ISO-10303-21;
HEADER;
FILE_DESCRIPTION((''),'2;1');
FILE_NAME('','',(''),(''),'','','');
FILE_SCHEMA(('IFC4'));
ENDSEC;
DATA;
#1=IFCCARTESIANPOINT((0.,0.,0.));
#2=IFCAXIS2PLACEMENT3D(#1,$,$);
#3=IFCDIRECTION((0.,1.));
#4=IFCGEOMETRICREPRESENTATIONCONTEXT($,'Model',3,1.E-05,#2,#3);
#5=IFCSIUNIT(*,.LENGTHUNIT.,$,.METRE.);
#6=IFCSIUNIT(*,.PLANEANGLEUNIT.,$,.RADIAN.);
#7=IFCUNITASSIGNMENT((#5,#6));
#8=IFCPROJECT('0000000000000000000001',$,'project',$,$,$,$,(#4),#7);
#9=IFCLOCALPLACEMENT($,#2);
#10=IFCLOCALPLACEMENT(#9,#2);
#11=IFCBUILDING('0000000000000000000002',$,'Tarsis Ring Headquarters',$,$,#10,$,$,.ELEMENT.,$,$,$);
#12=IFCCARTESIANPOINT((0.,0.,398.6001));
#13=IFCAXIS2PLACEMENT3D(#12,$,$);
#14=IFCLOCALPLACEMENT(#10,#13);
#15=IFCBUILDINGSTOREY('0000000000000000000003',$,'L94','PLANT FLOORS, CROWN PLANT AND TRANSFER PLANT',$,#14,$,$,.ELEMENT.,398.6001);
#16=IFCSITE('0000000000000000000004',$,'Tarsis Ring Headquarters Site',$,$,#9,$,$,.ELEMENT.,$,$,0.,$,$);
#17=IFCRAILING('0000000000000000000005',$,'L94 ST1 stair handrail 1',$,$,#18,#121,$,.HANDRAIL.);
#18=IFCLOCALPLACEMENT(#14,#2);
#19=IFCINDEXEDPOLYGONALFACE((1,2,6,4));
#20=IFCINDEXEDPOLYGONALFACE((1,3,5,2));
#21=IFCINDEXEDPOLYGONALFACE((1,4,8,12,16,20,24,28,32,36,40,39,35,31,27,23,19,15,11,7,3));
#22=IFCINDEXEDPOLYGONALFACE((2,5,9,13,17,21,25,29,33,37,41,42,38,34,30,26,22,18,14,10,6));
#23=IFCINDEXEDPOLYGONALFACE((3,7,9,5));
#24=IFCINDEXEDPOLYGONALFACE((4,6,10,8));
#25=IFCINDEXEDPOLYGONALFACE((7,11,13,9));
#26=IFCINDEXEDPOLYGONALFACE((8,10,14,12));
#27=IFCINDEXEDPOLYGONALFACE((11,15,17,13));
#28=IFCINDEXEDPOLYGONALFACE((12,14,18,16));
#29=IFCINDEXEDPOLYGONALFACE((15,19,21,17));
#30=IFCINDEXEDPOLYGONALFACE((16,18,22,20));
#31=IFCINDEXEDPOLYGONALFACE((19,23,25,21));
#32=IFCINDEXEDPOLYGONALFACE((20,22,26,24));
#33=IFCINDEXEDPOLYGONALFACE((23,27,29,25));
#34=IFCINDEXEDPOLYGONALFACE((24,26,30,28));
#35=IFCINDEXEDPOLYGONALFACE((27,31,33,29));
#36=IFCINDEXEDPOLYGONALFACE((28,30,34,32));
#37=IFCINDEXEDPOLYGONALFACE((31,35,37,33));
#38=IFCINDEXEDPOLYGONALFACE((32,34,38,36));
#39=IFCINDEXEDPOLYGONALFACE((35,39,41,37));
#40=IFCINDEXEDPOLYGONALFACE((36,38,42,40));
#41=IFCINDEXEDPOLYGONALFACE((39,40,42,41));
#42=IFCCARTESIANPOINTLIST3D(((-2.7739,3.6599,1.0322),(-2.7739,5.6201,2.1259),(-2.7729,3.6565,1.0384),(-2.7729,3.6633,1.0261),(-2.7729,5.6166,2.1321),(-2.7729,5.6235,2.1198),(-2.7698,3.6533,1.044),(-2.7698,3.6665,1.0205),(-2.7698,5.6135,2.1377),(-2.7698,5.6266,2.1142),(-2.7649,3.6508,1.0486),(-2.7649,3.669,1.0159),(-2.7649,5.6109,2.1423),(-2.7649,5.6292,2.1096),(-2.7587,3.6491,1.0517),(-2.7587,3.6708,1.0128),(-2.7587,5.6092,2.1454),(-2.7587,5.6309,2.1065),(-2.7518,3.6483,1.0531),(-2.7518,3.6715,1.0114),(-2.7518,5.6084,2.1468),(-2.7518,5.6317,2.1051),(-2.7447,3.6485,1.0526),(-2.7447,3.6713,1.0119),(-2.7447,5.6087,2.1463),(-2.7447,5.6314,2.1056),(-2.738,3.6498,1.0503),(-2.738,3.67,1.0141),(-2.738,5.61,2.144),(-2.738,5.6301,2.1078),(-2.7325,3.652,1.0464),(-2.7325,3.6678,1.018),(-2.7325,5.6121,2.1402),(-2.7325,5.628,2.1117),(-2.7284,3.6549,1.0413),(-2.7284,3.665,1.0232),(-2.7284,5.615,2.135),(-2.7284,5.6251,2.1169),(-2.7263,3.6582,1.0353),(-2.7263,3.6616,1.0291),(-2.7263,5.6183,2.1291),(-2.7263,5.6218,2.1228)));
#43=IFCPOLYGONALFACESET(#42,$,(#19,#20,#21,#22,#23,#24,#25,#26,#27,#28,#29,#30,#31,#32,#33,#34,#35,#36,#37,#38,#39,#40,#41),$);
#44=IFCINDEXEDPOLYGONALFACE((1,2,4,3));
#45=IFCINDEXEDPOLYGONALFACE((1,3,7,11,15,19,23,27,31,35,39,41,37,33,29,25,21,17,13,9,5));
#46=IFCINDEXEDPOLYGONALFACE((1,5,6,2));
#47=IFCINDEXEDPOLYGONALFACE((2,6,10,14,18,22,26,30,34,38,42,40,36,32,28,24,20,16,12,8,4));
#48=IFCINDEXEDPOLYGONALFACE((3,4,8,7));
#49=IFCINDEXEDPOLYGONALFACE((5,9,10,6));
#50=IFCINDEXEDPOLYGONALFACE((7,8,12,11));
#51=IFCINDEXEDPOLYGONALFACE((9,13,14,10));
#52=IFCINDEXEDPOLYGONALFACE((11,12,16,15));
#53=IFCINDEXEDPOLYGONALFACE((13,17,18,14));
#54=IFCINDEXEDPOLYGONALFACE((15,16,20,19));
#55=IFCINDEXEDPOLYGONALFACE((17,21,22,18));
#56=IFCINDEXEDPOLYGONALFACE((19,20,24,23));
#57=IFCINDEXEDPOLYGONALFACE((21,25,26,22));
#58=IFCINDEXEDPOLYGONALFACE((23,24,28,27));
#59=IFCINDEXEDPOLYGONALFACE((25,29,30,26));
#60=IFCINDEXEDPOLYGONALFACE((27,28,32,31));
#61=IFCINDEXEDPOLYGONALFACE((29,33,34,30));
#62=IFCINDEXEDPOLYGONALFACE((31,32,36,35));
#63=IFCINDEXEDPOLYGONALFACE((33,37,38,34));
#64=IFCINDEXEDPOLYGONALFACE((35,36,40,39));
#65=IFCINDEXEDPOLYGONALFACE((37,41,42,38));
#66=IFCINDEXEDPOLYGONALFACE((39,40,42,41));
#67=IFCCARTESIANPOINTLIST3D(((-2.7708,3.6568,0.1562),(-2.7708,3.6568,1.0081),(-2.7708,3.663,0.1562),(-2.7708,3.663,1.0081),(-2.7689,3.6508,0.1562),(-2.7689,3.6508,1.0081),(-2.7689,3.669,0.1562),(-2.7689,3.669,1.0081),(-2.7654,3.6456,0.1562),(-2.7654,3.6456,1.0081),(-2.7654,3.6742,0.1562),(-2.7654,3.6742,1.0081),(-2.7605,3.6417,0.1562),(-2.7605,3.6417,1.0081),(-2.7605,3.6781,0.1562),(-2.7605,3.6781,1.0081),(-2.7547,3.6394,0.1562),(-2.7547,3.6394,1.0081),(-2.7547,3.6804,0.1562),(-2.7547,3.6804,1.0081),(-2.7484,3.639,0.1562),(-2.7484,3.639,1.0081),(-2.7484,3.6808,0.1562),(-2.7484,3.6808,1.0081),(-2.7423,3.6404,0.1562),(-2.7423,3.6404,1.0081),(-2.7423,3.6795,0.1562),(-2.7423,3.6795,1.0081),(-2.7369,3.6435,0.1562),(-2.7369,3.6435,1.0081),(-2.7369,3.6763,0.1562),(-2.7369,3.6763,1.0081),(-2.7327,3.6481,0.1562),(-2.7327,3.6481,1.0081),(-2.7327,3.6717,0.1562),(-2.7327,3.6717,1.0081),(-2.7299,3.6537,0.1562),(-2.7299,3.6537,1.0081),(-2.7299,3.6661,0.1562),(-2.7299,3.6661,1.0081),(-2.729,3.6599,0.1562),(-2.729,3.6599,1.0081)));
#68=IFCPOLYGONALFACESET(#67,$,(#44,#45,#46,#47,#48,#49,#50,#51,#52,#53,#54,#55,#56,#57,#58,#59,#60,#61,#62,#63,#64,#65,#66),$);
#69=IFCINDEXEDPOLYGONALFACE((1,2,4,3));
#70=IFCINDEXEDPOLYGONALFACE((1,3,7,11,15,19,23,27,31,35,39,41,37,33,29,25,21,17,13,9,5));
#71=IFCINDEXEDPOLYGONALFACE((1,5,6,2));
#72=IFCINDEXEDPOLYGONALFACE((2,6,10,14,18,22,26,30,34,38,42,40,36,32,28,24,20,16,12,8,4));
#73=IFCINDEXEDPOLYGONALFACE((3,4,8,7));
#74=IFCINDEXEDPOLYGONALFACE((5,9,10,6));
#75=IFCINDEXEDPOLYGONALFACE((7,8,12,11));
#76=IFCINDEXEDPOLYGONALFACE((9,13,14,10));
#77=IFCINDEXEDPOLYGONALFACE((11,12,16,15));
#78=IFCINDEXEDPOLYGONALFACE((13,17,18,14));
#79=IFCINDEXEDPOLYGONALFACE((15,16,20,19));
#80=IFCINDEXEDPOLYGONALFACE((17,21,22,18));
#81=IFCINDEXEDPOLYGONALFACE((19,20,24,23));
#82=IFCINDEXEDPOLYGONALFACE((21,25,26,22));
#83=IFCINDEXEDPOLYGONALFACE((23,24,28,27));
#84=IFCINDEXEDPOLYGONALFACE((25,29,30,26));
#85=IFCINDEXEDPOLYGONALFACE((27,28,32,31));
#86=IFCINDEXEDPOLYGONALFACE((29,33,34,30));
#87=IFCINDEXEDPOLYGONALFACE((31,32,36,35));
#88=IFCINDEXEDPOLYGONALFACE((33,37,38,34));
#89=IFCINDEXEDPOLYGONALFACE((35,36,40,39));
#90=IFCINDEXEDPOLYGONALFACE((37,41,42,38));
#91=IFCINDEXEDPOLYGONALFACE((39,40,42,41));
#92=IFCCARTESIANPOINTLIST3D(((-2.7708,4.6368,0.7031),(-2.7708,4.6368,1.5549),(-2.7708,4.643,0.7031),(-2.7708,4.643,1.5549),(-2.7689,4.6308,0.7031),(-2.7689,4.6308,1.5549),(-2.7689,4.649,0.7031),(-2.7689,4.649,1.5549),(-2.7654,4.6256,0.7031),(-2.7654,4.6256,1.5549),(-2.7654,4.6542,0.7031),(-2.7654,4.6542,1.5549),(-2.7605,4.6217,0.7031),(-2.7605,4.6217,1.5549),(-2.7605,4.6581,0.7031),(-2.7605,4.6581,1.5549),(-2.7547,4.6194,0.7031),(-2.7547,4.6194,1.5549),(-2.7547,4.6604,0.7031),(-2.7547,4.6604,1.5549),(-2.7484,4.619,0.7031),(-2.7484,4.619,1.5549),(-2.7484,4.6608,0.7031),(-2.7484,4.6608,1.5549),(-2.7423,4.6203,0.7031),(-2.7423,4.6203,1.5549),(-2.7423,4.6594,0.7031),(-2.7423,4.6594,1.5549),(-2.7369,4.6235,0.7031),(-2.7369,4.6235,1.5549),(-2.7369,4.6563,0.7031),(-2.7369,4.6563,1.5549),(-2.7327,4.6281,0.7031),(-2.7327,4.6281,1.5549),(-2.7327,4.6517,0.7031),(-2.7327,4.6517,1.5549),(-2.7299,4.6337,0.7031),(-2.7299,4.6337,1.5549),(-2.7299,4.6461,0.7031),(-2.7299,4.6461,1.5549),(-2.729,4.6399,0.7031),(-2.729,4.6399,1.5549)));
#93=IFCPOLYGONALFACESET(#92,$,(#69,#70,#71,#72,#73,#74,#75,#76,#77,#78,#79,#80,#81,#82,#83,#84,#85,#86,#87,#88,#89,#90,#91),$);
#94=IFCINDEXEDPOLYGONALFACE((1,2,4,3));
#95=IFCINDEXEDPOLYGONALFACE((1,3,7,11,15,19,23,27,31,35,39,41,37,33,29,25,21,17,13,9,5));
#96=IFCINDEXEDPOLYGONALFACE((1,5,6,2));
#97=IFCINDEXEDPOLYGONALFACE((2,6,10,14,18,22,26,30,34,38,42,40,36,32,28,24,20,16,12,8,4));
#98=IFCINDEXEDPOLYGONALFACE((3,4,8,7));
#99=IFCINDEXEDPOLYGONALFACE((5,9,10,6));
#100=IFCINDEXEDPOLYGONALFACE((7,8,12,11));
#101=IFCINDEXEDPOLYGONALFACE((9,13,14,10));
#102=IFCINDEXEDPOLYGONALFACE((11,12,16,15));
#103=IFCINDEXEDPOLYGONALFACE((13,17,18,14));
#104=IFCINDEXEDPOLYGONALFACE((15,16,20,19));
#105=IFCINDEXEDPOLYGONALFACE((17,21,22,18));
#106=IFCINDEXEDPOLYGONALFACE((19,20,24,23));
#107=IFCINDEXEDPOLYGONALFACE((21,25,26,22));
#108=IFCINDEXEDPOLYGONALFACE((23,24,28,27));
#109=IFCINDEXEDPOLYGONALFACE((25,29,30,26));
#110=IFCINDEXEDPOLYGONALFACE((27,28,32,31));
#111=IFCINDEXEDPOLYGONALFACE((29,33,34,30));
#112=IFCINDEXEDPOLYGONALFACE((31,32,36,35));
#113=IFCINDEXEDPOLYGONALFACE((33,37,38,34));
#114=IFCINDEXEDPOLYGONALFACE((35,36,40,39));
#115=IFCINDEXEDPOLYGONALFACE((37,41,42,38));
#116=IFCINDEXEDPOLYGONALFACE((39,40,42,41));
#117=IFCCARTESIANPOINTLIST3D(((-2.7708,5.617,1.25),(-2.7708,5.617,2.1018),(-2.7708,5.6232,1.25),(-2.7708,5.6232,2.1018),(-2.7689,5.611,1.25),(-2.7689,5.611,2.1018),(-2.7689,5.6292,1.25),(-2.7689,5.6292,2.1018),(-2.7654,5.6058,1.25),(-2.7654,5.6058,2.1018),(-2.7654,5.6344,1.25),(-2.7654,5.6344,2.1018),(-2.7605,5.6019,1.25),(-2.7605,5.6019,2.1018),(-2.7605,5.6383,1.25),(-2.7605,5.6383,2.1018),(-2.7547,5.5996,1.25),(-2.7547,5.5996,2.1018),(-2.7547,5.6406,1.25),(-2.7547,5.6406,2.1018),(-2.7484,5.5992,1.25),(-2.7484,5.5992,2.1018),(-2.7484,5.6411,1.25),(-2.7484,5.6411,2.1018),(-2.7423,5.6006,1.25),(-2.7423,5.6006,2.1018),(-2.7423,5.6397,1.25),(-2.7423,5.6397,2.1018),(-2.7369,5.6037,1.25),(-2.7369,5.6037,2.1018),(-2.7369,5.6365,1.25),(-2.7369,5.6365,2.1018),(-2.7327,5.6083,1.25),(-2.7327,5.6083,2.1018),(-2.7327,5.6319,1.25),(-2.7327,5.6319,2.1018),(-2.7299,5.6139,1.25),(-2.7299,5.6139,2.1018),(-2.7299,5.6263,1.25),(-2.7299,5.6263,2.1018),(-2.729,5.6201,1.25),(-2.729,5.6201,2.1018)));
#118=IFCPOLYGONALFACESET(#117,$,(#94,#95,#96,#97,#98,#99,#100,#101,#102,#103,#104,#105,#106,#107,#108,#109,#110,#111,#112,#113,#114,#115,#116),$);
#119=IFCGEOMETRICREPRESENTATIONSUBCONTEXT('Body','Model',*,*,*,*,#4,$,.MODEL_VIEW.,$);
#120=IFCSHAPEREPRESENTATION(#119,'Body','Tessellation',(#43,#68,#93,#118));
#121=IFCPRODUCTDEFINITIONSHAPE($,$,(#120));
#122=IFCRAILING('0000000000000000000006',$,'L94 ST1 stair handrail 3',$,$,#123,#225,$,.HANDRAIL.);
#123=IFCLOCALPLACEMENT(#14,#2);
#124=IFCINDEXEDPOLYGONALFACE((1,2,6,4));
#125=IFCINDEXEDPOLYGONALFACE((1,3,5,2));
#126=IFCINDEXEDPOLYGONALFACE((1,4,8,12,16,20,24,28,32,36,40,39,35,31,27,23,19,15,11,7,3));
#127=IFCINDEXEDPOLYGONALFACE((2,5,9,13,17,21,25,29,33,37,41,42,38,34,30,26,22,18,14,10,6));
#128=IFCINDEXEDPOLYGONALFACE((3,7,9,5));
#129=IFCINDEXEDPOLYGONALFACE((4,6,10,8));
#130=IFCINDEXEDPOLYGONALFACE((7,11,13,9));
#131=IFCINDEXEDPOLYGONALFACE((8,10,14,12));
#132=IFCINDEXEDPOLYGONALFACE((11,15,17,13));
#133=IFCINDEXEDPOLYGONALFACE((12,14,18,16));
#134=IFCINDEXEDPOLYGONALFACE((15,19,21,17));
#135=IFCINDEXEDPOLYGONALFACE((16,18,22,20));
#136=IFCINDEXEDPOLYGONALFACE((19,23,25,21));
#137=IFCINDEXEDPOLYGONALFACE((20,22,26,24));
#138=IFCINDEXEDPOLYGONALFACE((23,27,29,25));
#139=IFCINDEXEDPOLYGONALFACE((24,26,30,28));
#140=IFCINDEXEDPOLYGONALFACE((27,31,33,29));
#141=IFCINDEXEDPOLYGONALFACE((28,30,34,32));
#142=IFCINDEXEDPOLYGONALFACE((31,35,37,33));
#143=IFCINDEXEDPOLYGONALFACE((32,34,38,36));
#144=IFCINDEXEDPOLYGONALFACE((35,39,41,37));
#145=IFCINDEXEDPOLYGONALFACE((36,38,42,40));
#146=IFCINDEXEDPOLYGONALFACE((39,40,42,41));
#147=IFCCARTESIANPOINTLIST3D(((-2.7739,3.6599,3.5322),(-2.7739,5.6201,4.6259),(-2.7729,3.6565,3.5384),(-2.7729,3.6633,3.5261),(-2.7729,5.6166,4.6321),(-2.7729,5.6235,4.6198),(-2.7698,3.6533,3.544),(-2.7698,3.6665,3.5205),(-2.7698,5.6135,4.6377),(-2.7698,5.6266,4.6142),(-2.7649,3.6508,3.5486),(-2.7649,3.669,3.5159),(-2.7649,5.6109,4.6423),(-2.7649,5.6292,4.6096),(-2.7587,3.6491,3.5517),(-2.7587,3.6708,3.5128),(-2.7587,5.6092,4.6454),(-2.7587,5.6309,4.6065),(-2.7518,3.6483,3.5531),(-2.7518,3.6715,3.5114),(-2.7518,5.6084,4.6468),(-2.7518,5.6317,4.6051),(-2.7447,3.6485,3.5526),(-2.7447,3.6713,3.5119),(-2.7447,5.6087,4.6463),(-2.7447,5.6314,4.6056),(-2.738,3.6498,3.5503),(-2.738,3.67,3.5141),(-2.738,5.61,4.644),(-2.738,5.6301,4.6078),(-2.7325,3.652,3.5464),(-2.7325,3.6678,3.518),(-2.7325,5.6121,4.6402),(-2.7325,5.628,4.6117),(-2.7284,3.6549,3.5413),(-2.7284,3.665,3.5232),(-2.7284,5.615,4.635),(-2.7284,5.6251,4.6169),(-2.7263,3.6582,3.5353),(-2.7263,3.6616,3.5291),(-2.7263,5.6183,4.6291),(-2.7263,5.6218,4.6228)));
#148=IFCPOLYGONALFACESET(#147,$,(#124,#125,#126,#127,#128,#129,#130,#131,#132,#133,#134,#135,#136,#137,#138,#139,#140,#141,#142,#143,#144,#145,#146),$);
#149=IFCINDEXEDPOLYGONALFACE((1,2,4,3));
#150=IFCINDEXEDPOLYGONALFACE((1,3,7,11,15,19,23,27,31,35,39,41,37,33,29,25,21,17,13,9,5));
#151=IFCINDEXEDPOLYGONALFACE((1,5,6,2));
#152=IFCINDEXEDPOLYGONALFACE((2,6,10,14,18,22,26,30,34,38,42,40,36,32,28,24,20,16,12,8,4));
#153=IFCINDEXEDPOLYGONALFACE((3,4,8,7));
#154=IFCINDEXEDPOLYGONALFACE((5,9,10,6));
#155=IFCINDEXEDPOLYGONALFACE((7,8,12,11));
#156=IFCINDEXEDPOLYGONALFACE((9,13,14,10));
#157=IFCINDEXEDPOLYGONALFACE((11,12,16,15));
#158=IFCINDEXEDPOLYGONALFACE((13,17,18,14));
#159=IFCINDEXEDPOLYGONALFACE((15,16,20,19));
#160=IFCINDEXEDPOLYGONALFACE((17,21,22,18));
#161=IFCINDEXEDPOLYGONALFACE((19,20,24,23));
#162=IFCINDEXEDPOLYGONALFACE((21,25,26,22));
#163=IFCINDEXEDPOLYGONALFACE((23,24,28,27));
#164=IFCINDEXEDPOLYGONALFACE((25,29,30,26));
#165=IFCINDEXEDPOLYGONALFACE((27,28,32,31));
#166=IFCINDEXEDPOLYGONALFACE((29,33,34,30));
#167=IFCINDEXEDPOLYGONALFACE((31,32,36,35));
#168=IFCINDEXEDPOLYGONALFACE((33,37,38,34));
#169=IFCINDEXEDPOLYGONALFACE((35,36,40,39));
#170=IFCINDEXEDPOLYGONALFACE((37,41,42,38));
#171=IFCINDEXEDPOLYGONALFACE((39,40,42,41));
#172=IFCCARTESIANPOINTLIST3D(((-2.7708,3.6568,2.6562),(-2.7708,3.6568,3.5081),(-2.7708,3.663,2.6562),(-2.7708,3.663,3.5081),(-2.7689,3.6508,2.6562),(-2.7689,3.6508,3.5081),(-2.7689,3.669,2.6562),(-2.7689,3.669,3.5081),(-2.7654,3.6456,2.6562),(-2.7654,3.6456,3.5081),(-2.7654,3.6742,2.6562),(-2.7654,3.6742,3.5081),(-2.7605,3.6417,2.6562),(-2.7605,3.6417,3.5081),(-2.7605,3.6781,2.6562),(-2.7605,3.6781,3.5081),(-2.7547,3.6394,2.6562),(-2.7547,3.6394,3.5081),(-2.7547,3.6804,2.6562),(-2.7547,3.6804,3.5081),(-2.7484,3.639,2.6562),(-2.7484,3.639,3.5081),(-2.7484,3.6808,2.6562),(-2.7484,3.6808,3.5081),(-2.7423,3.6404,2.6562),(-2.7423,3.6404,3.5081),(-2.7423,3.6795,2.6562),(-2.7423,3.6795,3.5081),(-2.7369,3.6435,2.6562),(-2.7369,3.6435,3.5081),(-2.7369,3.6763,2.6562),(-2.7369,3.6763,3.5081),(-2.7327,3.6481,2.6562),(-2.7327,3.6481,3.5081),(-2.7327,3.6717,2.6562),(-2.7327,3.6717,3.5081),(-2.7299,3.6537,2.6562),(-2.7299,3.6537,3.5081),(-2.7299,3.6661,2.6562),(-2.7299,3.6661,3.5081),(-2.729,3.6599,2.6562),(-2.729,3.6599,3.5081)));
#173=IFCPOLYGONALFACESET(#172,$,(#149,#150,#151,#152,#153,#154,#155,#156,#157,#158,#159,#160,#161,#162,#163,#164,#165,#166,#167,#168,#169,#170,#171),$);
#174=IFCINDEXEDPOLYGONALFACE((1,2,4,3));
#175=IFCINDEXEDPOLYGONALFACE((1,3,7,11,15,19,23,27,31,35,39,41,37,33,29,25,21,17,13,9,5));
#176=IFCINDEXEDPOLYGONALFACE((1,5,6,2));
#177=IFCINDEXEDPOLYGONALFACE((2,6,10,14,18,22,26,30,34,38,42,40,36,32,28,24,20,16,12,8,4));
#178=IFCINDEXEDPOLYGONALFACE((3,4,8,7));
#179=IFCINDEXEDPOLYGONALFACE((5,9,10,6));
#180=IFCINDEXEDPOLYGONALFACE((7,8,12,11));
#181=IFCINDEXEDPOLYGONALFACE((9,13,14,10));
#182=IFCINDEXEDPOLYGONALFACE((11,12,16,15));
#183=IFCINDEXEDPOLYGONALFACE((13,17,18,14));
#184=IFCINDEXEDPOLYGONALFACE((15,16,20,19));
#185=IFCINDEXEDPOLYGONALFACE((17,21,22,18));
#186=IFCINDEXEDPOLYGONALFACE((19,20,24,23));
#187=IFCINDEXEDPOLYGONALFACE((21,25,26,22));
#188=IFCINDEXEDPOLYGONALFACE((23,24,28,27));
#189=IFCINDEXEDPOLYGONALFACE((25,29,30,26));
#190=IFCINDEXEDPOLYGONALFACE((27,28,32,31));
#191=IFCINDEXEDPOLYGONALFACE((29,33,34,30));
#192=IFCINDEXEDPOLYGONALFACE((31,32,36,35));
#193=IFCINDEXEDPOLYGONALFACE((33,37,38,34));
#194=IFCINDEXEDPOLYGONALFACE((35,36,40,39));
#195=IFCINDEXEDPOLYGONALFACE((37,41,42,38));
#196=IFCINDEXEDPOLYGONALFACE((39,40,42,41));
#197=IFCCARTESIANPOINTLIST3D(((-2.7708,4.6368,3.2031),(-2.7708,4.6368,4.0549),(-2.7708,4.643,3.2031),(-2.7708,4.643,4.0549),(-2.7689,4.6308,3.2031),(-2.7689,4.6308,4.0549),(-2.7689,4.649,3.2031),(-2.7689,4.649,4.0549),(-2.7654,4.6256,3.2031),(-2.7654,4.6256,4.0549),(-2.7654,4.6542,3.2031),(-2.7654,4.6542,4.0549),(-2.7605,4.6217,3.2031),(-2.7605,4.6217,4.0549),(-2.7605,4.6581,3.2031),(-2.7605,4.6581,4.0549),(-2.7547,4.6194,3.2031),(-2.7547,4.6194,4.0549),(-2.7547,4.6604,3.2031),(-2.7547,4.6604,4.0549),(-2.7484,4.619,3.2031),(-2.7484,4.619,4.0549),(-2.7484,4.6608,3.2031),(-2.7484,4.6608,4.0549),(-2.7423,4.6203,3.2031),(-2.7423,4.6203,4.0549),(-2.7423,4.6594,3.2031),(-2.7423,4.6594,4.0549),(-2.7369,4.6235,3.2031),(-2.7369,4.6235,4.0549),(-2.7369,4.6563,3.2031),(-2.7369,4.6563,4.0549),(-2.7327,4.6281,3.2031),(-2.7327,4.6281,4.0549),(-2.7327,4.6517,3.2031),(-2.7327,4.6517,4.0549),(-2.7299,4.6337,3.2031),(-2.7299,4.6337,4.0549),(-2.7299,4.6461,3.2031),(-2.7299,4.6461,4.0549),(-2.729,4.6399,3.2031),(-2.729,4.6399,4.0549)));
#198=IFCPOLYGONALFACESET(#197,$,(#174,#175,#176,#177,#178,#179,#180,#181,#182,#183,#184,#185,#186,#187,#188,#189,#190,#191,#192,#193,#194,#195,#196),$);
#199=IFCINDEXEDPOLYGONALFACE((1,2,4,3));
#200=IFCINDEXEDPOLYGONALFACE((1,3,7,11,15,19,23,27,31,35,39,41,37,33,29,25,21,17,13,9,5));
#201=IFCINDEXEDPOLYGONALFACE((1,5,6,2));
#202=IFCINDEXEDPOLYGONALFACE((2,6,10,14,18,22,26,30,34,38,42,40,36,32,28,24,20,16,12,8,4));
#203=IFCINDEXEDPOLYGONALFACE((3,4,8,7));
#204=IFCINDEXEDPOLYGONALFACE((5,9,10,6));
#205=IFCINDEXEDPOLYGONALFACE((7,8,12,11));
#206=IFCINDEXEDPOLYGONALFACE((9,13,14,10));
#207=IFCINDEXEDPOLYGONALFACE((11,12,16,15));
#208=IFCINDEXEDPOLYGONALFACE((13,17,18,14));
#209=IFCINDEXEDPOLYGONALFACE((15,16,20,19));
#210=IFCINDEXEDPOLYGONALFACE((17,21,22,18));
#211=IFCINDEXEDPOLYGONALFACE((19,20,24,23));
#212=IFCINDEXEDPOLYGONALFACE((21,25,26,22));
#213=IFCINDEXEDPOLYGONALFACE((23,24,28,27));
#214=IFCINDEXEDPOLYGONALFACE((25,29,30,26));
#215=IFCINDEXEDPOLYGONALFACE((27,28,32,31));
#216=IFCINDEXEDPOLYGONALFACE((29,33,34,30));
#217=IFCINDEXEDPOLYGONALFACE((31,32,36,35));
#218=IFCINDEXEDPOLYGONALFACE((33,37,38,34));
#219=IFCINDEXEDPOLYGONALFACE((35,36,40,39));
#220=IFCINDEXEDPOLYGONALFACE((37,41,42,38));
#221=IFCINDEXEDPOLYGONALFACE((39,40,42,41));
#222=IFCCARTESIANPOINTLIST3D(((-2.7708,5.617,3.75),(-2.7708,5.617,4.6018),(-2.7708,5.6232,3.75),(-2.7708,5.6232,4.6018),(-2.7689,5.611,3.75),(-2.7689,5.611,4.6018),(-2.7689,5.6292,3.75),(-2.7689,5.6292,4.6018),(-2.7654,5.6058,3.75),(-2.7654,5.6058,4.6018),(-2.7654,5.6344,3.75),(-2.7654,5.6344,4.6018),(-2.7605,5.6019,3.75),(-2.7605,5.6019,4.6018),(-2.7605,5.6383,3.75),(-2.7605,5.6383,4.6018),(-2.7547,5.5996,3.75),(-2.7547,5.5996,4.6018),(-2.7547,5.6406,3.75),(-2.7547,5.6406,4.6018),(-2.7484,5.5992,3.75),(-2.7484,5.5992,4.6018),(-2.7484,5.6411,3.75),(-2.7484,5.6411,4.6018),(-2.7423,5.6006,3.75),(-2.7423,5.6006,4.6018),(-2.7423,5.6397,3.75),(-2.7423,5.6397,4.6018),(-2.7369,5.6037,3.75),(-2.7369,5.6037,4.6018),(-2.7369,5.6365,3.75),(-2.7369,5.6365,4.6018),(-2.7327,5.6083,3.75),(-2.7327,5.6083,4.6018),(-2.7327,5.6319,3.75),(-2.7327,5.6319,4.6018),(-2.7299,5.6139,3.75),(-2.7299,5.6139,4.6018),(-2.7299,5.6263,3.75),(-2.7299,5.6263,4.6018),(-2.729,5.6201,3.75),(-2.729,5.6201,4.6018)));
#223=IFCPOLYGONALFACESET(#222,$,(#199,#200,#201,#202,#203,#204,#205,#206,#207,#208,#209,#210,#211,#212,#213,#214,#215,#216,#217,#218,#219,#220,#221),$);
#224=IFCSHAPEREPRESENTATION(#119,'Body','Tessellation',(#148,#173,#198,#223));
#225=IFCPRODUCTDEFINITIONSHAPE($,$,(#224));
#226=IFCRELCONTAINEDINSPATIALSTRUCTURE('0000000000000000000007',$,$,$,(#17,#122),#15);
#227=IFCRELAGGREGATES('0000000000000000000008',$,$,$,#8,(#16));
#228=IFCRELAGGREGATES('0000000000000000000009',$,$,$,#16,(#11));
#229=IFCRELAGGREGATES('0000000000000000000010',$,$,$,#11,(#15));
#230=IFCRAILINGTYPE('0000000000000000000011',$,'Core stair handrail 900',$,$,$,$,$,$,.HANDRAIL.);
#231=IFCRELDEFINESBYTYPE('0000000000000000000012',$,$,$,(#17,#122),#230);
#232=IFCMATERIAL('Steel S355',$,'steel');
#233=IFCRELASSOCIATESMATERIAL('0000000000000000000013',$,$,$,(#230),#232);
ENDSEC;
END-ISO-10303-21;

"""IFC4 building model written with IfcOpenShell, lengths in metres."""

from ifc_helpers import new_model, si_unit, direction, frame, origin, origin_2d, place, context, subcontext, project, spatial, circle, extrude, material, type_object, element, save


model = new_model("IFC4")

# Units and contexts
model_context = context("Model", 3, precision=1e-05, world=origin(), true_north=direction((0.0, 1.0)))
body_context = subcontext(model_context, "Body", "Model", "MODEL_VIEW")
ifc_project = project(units=[si_unit("LENGTHUNIT", "METRE"), si_unit("PLANEANGLEUNIT", "RADIAN")], contexts=[model_context])

# Site, building, storey
site_placement = place(None, origin())
site = spatial("IfcSite", under=ifc_project, at=site_placement, Name="Tarsis Ring Headquarters Site", CompositionType="ELEMENT", RefElevation=0.0)
building_placement = place(site_placement, origin())
building = spatial("IfcBuilding", under=site, at=building_placement, Name="Tarsis Ring Headquarters", CompositionType="ELEMENT")
storey_placement = place(building_placement, frame((0.0, 0.0, 398.6001)))
storey = spatial("IfcBuildingStorey", under=building, at=storey_placement, Name="L94", Description="PLANT FLOORS, CROWN PLANT AND TRANSFER PLANT", CompositionType="ELEMENT", Elevation=398.6001)

# Shared definitions
ifc_material_1 = material(Name="Steel S355", Category="steel")

# Railings
railing_type_1 = type_object("IfcRailingType", Name="Core stair handrail 900", PredefinedType="HANDRAIL", material=ifc_material_1)
for number, where, name in (
    (1, (-2.75, 3.6599, 0.1562), "L94 ST1 stair handrail 1"),
    (2, (-2.75, 3.6599, 2.6562), "L94 ST1 stair handrail 3"),
):
    element("IfcRailing", number, at=place(storey_placement, frame(where)), inside=storey, type_object=railing_type_1, Name=name, PredefinedType="HANDRAIL", context=body_context, shape_type="SweptSolid", body=[
        extrude(circle(Radius=0.0239, at=origin_2d()), frame((0.0, 0.0, 0.876), z_axis=(0.0, 0.873258, 0.487258), x_axis=(-1.0, 0.0, 0.0)), (0.0, 0.0, 1.0), 2.2446),
        extrude(circle(Radius=0.021, at=origin_2d()), origin(), (0.0, 0.0, 1.0), 0.8518),
        extrude(circle(Radius=0.021, at=origin_2d()), frame((0.0, 0.98, 0.5469)), (0.0, 0.0, 1.0), 0.8518),
        extrude(circle(Radius=0.021, at=origin_2d()), frame((0.0, 1.9602, 1.0938)), (0.0, 0.0, 1.0), 0.8518),
    ])

save(model, "model.ifc")
